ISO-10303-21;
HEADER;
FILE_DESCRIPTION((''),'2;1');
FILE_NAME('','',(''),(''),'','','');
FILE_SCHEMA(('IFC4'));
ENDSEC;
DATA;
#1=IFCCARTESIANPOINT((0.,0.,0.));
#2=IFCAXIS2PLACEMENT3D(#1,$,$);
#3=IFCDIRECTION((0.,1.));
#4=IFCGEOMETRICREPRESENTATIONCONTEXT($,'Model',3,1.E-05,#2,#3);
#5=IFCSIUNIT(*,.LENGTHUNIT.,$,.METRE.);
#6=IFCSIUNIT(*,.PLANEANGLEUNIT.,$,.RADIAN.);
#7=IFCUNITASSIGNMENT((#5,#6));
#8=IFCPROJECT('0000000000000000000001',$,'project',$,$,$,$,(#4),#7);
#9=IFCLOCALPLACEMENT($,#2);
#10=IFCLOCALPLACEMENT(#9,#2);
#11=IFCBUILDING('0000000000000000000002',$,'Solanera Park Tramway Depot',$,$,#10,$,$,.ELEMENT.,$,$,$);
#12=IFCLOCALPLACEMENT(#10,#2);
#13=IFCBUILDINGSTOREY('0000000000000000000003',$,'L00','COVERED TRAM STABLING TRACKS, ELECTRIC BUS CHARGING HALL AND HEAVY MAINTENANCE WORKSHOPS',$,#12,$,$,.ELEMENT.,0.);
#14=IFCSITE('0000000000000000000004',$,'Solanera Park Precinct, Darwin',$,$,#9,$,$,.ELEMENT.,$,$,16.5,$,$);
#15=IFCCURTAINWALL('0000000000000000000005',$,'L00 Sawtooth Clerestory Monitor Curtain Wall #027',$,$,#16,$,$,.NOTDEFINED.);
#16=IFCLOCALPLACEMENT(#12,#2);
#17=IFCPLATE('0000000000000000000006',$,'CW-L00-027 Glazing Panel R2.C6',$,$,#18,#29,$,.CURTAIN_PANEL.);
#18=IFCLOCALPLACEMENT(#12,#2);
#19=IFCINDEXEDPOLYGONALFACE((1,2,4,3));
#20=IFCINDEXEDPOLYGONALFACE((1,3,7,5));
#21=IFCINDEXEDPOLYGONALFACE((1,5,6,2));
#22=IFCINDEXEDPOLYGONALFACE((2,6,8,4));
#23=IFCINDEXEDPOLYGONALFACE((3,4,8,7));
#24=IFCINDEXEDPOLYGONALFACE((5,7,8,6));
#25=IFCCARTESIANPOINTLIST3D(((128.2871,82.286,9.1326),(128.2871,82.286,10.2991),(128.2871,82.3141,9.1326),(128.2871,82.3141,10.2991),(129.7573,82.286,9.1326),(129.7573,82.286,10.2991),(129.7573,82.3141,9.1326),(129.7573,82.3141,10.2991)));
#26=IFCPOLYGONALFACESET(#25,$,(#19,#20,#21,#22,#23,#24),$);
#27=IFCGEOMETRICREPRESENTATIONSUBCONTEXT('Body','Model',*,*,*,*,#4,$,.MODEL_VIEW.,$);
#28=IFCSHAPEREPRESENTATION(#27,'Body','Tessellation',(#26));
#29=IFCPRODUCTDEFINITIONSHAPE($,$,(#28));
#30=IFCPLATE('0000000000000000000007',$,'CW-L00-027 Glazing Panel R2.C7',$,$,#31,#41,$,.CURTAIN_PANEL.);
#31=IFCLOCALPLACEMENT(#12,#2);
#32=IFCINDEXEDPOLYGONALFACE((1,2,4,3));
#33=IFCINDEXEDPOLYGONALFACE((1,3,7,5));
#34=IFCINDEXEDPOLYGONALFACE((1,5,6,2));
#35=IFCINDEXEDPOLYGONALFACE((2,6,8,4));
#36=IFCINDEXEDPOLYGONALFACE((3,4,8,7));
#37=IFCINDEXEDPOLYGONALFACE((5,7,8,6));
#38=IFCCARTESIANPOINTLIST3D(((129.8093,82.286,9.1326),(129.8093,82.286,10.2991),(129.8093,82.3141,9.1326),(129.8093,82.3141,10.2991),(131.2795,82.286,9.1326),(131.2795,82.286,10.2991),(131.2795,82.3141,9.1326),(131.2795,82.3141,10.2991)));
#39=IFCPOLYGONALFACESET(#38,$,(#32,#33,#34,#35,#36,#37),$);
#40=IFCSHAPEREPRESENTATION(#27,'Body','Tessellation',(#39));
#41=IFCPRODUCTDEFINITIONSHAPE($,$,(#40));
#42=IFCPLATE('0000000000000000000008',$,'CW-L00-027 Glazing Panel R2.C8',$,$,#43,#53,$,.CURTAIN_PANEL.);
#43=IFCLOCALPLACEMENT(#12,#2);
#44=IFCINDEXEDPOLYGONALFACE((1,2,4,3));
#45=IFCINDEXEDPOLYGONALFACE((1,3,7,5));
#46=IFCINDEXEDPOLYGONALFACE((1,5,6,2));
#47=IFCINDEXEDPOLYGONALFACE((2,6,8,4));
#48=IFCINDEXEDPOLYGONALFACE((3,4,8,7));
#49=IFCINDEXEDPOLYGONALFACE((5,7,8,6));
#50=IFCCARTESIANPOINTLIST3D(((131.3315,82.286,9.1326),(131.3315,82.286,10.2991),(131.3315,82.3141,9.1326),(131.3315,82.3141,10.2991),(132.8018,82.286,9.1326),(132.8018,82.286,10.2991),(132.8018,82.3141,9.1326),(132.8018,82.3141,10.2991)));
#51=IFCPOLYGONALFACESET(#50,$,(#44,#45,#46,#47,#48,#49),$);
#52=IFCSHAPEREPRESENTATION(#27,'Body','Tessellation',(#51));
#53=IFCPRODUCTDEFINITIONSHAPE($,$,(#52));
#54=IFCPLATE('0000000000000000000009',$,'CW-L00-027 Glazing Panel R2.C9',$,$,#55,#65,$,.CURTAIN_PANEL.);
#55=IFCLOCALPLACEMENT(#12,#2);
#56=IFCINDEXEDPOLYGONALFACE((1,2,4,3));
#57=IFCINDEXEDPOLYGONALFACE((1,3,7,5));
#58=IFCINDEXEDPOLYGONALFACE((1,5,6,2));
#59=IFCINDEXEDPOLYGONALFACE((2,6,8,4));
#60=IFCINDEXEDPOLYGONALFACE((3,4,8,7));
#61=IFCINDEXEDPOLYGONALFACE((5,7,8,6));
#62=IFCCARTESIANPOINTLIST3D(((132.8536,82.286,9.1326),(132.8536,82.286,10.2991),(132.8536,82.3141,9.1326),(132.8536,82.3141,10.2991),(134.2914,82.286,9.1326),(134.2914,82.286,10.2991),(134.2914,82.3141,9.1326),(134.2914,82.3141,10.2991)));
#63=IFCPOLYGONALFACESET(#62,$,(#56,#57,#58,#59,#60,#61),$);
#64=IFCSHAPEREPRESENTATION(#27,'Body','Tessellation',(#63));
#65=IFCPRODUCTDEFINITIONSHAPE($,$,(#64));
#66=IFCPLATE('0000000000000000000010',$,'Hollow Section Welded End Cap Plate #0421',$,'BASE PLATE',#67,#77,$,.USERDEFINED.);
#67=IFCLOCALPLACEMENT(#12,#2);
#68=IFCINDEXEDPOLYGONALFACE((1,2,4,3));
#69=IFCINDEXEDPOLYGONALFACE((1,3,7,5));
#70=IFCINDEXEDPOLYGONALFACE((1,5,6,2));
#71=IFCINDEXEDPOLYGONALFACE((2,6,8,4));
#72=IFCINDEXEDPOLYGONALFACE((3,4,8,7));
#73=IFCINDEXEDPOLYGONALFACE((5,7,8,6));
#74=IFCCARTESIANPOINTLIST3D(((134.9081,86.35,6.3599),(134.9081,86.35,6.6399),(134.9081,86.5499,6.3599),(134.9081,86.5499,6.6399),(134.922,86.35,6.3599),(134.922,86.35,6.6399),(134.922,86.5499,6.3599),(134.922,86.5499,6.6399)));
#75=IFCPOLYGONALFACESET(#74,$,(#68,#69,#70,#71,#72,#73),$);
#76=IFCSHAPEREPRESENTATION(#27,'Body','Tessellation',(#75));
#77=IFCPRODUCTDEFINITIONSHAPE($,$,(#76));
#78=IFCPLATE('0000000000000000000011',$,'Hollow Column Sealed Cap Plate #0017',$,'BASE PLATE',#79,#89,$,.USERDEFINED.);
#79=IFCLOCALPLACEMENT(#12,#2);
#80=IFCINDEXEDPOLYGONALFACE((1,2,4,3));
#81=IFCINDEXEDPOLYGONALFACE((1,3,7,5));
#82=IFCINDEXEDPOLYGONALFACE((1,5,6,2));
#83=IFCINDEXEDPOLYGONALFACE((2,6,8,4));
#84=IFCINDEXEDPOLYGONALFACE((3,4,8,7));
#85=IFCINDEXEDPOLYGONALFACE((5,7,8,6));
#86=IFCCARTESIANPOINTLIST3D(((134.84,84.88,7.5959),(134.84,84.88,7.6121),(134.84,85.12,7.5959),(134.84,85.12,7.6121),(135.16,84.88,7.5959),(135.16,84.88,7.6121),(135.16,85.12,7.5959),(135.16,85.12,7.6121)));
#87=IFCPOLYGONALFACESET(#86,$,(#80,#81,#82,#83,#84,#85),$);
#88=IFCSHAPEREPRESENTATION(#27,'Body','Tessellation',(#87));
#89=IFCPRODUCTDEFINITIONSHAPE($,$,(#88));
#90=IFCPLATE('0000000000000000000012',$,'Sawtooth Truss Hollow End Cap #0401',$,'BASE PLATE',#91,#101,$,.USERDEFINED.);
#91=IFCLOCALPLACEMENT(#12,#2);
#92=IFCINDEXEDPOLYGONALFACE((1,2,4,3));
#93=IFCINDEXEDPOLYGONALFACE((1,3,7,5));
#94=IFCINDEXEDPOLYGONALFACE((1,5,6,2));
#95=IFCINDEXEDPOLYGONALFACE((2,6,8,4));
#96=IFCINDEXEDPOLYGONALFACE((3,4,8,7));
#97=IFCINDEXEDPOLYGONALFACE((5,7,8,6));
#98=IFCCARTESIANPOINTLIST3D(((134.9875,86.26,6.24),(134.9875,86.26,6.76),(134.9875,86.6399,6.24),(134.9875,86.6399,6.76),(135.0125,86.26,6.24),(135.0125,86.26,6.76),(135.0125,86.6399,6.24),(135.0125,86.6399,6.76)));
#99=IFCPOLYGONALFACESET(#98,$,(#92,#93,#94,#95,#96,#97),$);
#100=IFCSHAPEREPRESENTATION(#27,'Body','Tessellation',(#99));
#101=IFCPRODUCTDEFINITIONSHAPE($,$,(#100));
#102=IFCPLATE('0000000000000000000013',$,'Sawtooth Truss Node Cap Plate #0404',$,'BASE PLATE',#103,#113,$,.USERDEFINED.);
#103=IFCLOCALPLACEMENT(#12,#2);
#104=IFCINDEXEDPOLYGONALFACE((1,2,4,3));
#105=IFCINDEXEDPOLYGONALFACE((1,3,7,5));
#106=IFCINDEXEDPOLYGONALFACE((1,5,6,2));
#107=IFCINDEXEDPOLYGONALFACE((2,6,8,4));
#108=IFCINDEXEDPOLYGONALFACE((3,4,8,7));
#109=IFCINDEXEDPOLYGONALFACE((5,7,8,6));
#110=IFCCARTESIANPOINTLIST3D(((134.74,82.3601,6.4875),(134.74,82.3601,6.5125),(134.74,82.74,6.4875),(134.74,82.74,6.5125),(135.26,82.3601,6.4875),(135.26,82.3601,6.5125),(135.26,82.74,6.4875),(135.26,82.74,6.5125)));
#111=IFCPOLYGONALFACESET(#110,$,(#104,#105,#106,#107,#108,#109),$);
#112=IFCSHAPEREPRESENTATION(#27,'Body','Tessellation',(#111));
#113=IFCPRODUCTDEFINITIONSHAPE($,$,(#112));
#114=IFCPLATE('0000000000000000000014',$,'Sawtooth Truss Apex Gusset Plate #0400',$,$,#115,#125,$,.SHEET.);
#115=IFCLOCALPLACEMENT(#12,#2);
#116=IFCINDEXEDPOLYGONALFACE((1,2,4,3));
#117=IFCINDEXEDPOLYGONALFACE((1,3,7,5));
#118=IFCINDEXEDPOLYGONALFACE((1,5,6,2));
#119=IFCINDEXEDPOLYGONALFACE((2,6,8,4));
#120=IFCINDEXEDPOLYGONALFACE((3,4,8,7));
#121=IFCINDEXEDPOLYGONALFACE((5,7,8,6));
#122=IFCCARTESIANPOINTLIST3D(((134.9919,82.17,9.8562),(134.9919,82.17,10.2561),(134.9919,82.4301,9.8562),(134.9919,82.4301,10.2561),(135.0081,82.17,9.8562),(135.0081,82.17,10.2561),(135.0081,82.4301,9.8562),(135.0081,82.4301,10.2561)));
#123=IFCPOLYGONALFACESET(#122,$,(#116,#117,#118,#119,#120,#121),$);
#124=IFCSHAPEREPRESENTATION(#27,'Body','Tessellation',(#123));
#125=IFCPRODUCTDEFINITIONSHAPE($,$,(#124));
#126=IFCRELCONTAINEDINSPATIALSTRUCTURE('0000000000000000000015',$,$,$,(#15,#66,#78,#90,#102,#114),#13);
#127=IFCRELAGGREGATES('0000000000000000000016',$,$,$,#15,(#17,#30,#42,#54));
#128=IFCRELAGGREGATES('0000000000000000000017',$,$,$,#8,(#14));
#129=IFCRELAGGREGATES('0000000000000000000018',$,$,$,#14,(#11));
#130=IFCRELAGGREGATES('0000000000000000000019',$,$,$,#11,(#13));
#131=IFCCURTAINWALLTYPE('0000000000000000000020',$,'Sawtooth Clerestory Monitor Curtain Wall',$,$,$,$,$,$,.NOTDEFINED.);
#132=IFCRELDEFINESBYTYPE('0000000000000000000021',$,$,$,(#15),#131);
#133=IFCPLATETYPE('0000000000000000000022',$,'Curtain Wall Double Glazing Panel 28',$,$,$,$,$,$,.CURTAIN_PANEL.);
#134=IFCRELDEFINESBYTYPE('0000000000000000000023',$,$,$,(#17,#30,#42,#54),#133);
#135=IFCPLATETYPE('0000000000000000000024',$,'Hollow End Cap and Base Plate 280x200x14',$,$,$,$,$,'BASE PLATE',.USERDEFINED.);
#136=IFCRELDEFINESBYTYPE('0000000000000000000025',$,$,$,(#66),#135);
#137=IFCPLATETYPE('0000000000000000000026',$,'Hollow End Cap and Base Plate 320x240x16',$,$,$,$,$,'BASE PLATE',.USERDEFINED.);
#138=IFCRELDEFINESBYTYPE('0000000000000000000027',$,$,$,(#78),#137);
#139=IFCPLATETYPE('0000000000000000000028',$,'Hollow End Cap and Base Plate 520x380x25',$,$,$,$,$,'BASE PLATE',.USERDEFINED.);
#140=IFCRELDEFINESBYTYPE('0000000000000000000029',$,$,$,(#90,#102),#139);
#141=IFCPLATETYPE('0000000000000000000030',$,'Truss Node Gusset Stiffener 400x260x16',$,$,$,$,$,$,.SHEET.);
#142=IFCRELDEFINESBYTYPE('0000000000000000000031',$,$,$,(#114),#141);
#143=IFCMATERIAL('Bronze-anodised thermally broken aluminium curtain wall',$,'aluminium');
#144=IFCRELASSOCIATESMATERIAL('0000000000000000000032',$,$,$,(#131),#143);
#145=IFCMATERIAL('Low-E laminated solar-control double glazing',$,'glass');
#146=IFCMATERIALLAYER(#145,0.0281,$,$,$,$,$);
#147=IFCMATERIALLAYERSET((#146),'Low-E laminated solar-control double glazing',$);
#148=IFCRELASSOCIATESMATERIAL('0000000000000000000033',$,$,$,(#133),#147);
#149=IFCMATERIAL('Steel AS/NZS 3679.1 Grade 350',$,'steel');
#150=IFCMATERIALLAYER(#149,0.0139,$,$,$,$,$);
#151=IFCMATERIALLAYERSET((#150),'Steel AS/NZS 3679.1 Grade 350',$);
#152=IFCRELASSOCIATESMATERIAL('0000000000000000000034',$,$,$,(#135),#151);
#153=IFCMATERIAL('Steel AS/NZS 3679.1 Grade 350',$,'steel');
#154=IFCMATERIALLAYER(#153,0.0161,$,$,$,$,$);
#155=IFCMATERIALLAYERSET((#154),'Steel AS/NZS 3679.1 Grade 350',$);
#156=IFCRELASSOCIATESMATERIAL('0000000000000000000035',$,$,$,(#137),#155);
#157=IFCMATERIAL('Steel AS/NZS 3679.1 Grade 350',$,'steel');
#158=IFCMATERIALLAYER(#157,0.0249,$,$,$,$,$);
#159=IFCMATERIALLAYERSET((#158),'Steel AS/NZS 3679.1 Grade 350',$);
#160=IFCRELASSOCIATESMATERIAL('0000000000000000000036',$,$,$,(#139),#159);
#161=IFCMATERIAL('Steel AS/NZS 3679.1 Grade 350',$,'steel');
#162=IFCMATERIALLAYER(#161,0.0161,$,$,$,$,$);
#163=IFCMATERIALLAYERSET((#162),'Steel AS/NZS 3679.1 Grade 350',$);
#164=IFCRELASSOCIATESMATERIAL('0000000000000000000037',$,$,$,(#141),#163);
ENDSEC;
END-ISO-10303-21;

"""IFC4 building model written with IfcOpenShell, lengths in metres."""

from ifc_helpers import new_model, si_unit, direction, frame, origin, origin_2d, place, context, subcontext, project, spatial, rectangle, extrude, material, layer, layer_set, type_object, element, aggregate, save


model = new_model("IFC4")

# Units and contexts
model_context = context("Model", 3, precision=1e-05, world=origin(), true_north=direction((0.0, 1.0)))
body_context = subcontext(model_context, "Body", "Model", "MODEL_VIEW")
ifc_project = project(units=[si_unit("LENGTHUNIT", "METRE"), si_unit("PLANEANGLEUNIT", "RADIAN")], contexts=[model_context])

# Site, building, storey
site_placement = place(None, origin())
site = spatial("IfcSite", under=ifc_project, at=site_placement, Name="Solanera Park Precinct, Darwin", CompositionType="ELEMENT", RefElevation=16.5)
building_placement = place(site_placement, origin())
building = spatial("IfcBuilding", under=site, at=building_placement, Name="Solanera Park Tramway Depot", CompositionType="ELEMENT")
storey_placement = place(building_placement, origin())
storey = spatial("IfcBuildingStorey", under=building, at=storey_placement, Name="L00", Description="COVERED TRAM STABLING TRACKS, ELECTRIC BUS CHARGING HALL AND HEAVY MAINTENANCE WORKSHOPS", CompositionType="ELEMENT", Elevation=0.0)

# Curtain wall
ifc_material_1 = material(Name="Bronze-anodised thermally broken aluminium curtain wall", Category="aluminium")
curtain_wall_type = type_object("IfcCurtainWallType", Name="Sawtooth Clerestory Monitor Curtain Wall", PredefinedType="NOTDEFINED", material=ifc_material_1)
curtain_wall_placement = place(storey_placement, origin())
curtain_wall = element("IfcCurtainWall", 1, at=curtain_wall_placement, inside=storey, type_object=curtain_wall_type, Name="L00 Sawtooth Clerestory Monitor Curtain Wall #027", PredefinedType="NOTDEFINED")

# Plates
ifc_material_2 = material(Name="Low-E laminated solar-control double glazing", Category="glass")
ifc_layer_1 = layer(ifc_material_2, 0.0281)
ifc_layer_set_1 = layer_set([ifc_layer_1], Name="Low-E laminated solar-control double glazing")
plate_type_1 = type_object("IfcPlateType", Name="Curtain Wall Double Glazing Panel 28", PredefinedType="CURTAIN_PANEL", material=ifc_layer_set_1)
plate_1_placement = place(storey_placement, frame((129.0222, 82.3, 9.1326), z_axis=(0.0, 0.0, 1.0), x_axis=(1.0, 0.0, 0.0)))
plate_1 = element("IfcPlate", 2, at=plate_1_placement, type_object=plate_type_1, Name="CW-L00-027 Glazing Panel R2.C6", PredefinedType="CURTAIN_PANEL", context=body_context, shape_type="SweptSolid", body=[
    extrude(rectangle(XDim=1.4702, YDim=0.0281, at=origin_2d()), origin(), (0.0, 0.0, 1.0), 1.1665),
])
plate_2_placement = place(storey_placement, frame((130.5444, 82.3, 9.1326), z_axis=(0.0, 0.0, 1.0), x_axis=(1.0, 0.0, 0.0)))
plate_2 = element("IfcPlate", 3, at=plate_2_placement, type_object=plate_type_1, Name="CW-L00-027 Glazing Panel R2.C7", PredefinedType="CURTAIN_PANEL", context=body_context, shape_type="SweptSolid", body=[
    extrude(rectangle(XDim=1.4702, YDim=0.0281, at=origin_2d()), origin(), (0.0, 0.0, 1.0), 1.1665),
])
plate_3_placement = place(storey_placement, frame((132.0667, 82.3, 9.1326), z_axis=(0.0, 0.0, 1.0), x_axis=(1.0, 0.0, 0.0)))
plate_3 = element("IfcPlate", 4, at=plate_3_placement, type_object=plate_type_1, Name="CW-L00-027 Glazing Panel R2.C8", PredefinedType="CURTAIN_PANEL", context=body_context, shape_type="SweptSolid", body=[
    extrude(rectangle(XDim=1.4702, YDim=0.0281, at=origin_2d()), origin(), (0.0, 0.0, 1.0), 1.1665),
])
plate_4_placement = place(storey_placement, frame((133.5725, 82.3, 9.1326), z_axis=(0.0, 0.0, 1.0), x_axis=(1.0, 0.0, 0.0)))
plate_4 = element("IfcPlate", 5, at=plate_4_placement, type_object=plate_type_1, Name="CW-L00-027 Glazing Panel R2.C9", PredefinedType="CURTAIN_PANEL", context=body_context, shape_type="SweptSolid", body=[
    extrude(rectangle(XDim=1.4377, YDim=0.0281, at=origin_2d()), origin(), (0.0, 0.0, 1.0), 1.1665),
])
aggregate(curtain_wall, [plate_1, plate_2, plate_3, plate_4])

# Plates
ifc_material_3 = material(Name="Steel AS/NZS 3679.1 Grade 350", Category="steel")
ifc_layer_2 = layer(ifc_material_3, 0.0139)
ifc_layer_set_2 = layer_set([ifc_layer_2], Name="Steel AS/NZS 3679.1 Grade 350")
plate_type_2 = type_object("IfcPlateType", Name="Hollow End Cap and Base Plate 280x200x14", ElementType="BASE PLATE", PredefinedType="USERDEFINED", material=ifc_layer_set_2)
plate_5_placement = place(storey_placement, frame((134.915, 86.45, 6.3599), z_axis=(0.0, 0.0, 1.0), x_axis=(1.0, 0.0, 0.0)))
element("IfcPlate", 6, at=plate_5_placement, inside=storey, type_object=plate_type_2, Name="Hollow Section Welded End Cap Plate #0421", ObjectType="BASE PLATE", PredefinedType="USERDEFINED", context=body_context, shape_type="SweptSolid", body=[
    extrude(rectangle(XDim=0.0139, YDim=0.2, at=origin_2d()), origin(), (0.0, 0.0, 1.0), 0.28),
])
ifc_material_4 = material(Name="Steel AS/NZS 3679.1 Grade 350", Category="steel")
ifc_layer_3 = layer(ifc_material_4, 0.0161)
ifc_layer_set_3 = layer_set([ifc_layer_3], Name="Steel AS/NZS 3679.1 Grade 350")
plate_type_3 = type_object("IfcPlateType", Name="Hollow End Cap and Base Plate 320x240x16", ElementType="BASE PLATE", PredefinedType="USERDEFINED", material=ifc_layer_set_3)
plate_6_placement = place(storey_placement, frame((135.0, 85.0, 7.5959), z_axis=(0.0, 0.0, 1.0), x_axis=(1.0, 0.0, 0.0)))
element("IfcPlate", 7, at=plate_6_placement, inside=storey, type_object=plate_type_3, Name="Hollow Column Sealed Cap Plate #0017", ObjectType="BASE PLATE", PredefinedType="USERDEFINED", context=body_context, shape_type="SweptSolid", body=[
    extrude(rectangle(XDim=0.3201, YDim=0.24, at=origin_2d()), origin(), (0.0, 0.0, 1.0), 0.0161),
])
ifc_material_5 = material(Name="Steel AS/NZS 3679.1 Grade 350", Category="steel")
ifc_layer_4 = layer(ifc_material_5, 0.0249)
ifc_layer_set_4 = layer_set([ifc_layer_4], Name="Steel AS/NZS 3679.1 Grade 350")
plate_type_4 = type_object("IfcPlateType", Name="Hollow End Cap and Base Plate 520x380x25", ElementType="BASE PLATE", PredefinedType="USERDEFINED", material=ifc_layer_set_4)
plate_7_placement = place(storey_placement, frame((135.0, 86.45, 6.24), z_axis=(0.0, 0.0, 1.0), x_axis=(1.0, 0.0, 0.0)))
element("IfcPlate", 8, at=plate_7_placement, inside=storey, type_object=plate_type_4, Name="Sawtooth Truss Hollow End Cap #0401", ObjectType="BASE PLATE", PredefinedType="USERDEFINED", context=body_context, shape_type="SweptSolid", body=[
    extrude(rectangle(XDim=0.0249, YDim=0.3799, at=origin_2d()), origin(), (0.0, 0.0, 1.0), 0.52),
])
plate_8_placement = place(storey_placement, frame((135.0, 82.55, 6.4875), z_axis=(0.0, 0.0, 1.0), x_axis=(1.0, 0.0, 0.0)))
element("IfcPlate", 9, at=plate_8_placement, inside=storey, type_object=plate_type_4, Name="Sawtooth Truss Node Cap Plate #0404", ObjectType="BASE PLATE", PredefinedType="USERDEFINED", context=body_context, shape_type="SweptSolid", body=[
    extrude(rectangle(XDim=0.52, YDim=0.3799, at=origin_2d()), origin(), (0.0, 0.0, 1.0), 0.0249),
])
ifc_material_6 = material(Name="Steel AS/NZS 3679.1 Grade 350", Category="steel")
ifc_layer_5 = layer(ifc_material_6, 0.0161)
ifc_layer_set_5 = layer_set([ifc_layer_5], Name="Steel AS/NZS 3679.1 Grade 350")
plate_type_5 = type_object("IfcPlateType", Name="Truss Node Gusset Stiffener 400x260x16", PredefinedType="SHEET", material=ifc_layer_set_5)
plate_9_placement = place(storey_placement, frame((135.0, 82.3, 9.8562), z_axis=(0.0, 0.0, 1.0), x_axis=(1.0, 0.0, 0.0)))
element("IfcPlate", 10, at=plate_9_placement, inside=storey, type_object=plate_type_5, Name="Sawtooth Truss Apex Gusset Plate #0400", PredefinedType="SHEET", context=body_context, shape_type="SweptSolid", body=[
    extrude(rectangle(XDim=0.0161, YDim=0.26, at=origin_2d()), origin(), (0.0, 0.0, 1.0), 0.3999),
])

save(model, "model.ifc")
